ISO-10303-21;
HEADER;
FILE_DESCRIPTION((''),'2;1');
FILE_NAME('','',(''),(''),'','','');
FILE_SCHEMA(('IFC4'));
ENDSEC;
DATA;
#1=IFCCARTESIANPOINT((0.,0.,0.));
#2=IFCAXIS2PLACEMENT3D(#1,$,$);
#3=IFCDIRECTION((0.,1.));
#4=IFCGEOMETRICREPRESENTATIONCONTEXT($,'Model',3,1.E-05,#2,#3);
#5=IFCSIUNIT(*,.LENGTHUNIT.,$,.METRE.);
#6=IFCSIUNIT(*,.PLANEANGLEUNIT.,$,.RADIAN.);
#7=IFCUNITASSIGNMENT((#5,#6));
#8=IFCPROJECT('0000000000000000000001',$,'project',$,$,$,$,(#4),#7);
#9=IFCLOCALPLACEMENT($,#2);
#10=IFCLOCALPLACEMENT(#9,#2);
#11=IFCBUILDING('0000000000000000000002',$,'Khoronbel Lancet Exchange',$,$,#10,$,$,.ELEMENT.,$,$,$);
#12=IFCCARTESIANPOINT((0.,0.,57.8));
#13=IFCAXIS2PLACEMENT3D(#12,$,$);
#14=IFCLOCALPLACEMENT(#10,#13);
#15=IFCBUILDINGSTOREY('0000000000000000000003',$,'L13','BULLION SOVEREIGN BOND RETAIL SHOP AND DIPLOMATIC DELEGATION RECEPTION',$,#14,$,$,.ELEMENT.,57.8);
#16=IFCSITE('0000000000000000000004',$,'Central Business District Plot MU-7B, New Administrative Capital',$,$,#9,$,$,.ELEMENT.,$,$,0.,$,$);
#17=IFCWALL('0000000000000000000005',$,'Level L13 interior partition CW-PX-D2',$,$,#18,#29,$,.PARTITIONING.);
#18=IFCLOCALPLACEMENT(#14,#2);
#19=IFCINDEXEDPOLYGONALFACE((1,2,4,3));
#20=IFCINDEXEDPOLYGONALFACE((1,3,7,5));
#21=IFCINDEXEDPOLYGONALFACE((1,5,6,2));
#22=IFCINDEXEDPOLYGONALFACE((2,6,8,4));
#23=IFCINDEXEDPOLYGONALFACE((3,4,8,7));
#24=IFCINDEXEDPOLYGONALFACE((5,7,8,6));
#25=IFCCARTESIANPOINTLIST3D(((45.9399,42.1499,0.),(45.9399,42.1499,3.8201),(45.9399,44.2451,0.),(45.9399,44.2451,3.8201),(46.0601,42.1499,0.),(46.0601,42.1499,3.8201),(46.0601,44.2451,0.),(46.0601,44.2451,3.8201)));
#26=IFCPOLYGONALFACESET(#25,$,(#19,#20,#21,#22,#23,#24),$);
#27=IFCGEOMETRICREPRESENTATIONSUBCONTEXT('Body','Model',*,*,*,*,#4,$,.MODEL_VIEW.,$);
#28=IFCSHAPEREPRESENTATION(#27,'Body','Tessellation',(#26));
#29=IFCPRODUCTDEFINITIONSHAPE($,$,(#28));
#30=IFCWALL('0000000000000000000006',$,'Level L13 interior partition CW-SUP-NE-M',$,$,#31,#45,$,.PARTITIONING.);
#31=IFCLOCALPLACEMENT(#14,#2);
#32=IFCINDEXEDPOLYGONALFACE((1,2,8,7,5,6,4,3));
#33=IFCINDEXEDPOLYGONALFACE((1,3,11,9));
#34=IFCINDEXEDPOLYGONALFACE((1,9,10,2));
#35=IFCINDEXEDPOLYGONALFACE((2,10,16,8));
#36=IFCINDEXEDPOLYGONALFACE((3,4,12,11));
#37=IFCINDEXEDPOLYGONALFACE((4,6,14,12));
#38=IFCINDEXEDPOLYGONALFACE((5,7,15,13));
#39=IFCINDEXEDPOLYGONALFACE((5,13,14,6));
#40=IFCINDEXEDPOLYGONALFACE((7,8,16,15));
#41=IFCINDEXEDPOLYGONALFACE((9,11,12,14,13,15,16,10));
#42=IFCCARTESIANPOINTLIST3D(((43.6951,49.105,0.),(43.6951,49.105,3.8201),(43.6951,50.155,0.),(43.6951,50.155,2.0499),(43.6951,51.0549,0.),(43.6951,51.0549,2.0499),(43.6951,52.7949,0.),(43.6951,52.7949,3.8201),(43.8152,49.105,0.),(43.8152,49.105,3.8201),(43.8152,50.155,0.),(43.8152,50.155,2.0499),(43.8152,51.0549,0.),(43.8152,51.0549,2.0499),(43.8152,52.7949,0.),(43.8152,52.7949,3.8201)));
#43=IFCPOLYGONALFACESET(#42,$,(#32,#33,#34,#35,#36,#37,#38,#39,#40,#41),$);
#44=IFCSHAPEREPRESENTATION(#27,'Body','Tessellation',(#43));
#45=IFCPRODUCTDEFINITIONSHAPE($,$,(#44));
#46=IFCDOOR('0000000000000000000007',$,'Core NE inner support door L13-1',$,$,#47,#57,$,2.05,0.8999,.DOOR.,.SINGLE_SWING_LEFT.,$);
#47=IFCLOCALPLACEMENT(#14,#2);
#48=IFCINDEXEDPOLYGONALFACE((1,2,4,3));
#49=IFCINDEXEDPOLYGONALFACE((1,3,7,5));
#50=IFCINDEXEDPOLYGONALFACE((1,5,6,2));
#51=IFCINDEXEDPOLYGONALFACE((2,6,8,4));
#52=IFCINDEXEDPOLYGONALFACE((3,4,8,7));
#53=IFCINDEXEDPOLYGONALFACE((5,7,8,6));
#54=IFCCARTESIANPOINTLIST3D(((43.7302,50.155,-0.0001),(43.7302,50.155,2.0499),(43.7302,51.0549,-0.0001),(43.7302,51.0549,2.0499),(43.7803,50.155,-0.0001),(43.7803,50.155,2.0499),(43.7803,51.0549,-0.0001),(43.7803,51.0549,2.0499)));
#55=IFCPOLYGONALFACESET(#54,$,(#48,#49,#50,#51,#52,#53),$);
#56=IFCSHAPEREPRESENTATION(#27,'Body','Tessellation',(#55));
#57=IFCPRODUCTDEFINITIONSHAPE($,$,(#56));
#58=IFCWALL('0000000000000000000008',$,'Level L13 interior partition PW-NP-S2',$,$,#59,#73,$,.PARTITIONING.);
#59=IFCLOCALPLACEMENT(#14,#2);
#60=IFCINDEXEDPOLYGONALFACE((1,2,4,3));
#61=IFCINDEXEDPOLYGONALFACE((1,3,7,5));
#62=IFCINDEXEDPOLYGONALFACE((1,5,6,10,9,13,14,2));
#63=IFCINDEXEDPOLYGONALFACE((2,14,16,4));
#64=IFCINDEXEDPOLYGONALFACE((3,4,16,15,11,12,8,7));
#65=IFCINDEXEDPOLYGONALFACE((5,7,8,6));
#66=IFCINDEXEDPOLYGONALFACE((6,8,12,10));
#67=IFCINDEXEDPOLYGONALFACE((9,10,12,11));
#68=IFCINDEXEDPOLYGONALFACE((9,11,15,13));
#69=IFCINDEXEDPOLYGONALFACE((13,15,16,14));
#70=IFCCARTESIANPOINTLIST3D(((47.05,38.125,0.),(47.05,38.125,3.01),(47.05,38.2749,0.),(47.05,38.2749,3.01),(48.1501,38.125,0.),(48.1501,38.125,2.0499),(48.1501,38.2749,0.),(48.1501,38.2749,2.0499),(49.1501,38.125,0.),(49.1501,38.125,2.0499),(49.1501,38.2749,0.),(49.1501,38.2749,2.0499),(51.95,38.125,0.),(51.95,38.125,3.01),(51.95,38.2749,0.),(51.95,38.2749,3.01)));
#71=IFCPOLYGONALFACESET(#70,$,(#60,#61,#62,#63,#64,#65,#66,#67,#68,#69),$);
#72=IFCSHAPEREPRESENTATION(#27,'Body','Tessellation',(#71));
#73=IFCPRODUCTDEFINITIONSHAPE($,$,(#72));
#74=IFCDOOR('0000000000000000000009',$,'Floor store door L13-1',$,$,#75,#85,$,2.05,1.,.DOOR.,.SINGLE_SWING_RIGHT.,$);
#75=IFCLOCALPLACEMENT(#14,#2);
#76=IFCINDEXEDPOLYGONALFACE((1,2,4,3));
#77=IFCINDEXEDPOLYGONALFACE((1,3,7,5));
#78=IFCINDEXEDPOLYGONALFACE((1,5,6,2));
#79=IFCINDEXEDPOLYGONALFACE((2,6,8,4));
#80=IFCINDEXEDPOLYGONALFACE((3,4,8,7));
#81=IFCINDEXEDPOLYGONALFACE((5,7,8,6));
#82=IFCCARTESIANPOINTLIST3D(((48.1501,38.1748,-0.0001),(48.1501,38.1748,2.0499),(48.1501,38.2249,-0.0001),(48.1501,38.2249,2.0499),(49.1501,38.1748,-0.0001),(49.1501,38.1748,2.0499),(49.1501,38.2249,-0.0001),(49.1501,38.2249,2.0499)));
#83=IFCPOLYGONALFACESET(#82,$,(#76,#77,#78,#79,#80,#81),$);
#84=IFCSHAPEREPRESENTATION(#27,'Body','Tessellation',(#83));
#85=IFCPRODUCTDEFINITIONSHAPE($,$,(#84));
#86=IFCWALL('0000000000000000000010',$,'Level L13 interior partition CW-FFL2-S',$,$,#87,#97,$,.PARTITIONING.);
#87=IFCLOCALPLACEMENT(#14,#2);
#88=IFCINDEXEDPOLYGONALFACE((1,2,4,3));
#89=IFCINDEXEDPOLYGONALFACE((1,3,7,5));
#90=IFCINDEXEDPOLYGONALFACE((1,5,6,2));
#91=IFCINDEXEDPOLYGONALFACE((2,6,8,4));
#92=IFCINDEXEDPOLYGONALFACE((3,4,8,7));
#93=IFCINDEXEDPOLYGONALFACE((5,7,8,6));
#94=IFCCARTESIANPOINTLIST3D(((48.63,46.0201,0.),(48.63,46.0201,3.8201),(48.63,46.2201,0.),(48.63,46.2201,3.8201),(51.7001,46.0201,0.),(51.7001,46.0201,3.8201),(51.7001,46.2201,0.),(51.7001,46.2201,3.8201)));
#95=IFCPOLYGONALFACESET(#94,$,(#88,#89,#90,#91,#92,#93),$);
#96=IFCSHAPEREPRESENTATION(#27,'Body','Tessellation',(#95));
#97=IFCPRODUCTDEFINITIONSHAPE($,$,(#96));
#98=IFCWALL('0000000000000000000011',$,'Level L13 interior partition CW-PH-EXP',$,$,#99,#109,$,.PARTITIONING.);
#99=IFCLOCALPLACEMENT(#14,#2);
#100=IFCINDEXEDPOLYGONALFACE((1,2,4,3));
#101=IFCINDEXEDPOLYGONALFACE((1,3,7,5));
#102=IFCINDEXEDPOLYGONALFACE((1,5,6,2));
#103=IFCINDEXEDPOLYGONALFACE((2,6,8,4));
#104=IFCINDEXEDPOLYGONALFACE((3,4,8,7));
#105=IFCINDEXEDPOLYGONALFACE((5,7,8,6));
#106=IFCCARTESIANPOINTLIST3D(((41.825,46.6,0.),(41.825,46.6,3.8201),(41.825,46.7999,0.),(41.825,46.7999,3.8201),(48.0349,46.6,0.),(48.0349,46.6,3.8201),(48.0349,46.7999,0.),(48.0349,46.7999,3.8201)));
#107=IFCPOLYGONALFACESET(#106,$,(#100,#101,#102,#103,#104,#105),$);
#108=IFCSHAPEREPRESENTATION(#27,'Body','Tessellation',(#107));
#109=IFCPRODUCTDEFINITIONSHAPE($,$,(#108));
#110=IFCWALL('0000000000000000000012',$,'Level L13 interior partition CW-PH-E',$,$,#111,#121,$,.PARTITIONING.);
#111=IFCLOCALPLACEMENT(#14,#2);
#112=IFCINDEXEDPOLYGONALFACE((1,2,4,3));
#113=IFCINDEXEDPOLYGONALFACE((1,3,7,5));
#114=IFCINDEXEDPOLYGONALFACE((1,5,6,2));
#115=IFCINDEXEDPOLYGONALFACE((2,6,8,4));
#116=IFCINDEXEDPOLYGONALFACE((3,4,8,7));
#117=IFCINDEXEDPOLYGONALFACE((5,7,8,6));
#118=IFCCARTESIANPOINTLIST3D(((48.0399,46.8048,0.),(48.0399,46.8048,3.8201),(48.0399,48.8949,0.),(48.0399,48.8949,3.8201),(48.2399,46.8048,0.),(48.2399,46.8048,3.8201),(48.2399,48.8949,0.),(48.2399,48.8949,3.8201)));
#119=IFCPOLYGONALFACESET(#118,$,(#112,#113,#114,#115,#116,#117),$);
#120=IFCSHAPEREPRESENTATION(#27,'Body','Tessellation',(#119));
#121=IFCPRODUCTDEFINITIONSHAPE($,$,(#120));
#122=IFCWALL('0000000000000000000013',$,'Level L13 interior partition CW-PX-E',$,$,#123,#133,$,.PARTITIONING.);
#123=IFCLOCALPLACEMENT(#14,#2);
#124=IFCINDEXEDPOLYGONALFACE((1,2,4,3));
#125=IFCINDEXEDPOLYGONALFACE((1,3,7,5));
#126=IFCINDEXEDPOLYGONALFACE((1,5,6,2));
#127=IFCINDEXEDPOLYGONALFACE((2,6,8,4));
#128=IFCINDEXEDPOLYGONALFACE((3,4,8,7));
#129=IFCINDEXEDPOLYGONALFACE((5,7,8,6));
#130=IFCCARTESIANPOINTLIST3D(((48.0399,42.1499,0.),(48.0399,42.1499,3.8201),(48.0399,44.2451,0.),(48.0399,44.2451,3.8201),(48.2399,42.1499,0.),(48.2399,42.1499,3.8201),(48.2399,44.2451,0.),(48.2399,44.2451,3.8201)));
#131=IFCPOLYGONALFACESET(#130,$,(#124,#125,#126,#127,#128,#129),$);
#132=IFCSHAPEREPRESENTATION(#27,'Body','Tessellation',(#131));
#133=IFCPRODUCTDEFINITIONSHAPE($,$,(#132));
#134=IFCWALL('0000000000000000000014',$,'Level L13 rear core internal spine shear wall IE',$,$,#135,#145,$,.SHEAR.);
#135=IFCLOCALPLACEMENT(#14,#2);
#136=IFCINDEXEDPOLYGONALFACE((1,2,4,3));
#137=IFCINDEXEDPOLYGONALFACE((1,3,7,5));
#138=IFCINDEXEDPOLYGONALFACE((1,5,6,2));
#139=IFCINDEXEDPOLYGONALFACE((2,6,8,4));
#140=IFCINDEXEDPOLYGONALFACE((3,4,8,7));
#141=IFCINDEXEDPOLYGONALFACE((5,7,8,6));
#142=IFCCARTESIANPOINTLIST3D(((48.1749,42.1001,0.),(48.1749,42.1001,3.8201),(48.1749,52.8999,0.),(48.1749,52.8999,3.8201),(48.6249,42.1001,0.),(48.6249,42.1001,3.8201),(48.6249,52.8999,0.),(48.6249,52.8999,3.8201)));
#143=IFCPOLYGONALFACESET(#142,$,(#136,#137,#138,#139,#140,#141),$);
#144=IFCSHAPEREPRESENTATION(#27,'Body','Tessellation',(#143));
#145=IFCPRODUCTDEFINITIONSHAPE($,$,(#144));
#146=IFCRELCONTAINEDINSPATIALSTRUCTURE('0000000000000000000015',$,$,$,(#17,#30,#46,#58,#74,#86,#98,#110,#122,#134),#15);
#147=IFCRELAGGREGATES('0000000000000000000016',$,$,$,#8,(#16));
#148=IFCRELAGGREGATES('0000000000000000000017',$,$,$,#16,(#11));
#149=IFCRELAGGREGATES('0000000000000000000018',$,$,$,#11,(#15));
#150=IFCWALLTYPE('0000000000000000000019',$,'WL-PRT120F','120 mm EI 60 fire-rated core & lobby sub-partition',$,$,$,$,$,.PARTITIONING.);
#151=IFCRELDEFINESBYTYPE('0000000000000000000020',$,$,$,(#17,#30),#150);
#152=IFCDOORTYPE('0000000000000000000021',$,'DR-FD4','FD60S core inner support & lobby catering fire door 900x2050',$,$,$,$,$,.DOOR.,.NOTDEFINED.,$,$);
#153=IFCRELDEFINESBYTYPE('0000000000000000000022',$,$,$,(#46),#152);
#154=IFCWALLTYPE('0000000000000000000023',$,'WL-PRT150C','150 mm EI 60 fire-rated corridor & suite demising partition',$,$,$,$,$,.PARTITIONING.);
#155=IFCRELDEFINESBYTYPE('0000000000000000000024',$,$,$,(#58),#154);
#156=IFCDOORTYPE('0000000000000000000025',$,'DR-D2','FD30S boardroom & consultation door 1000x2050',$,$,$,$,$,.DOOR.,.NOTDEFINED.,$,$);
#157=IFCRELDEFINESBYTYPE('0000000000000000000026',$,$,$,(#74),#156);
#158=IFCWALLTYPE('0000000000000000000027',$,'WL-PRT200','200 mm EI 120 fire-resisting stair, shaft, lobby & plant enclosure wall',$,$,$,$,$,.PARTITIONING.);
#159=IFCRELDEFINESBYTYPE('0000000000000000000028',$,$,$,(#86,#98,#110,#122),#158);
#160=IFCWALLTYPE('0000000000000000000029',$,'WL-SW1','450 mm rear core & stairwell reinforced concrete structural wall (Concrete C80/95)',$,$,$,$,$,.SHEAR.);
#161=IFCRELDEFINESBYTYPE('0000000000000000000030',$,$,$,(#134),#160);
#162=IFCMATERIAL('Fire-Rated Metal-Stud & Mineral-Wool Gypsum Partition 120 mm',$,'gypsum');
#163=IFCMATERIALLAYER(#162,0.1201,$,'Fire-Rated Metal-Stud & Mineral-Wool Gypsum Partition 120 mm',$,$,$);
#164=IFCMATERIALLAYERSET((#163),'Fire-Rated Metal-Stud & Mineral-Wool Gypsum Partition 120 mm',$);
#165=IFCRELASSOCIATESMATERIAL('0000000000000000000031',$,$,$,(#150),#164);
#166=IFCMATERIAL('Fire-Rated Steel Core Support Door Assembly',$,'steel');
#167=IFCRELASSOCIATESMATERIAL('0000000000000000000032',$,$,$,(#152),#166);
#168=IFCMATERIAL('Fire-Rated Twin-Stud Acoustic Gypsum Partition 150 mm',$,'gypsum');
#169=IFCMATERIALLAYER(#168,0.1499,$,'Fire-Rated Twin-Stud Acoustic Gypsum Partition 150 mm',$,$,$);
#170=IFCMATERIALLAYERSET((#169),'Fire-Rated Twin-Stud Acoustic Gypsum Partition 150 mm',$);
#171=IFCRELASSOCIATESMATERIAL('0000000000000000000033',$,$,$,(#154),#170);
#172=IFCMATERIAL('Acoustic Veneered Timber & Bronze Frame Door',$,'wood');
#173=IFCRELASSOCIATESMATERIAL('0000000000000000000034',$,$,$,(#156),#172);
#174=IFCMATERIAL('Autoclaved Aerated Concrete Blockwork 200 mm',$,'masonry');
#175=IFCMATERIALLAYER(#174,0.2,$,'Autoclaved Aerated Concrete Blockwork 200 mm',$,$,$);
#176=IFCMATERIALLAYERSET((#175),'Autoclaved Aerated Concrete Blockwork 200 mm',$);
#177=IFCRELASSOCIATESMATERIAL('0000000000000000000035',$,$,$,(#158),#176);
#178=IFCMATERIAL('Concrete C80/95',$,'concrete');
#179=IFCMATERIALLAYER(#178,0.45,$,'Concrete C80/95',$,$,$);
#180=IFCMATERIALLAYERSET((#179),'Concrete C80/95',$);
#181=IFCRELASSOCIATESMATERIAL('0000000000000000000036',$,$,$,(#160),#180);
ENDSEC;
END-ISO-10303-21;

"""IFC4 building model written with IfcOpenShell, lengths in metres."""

from ifc_helpers import new_model, si_unit, direction, frame, frame_2d, origin, place, context, subcontext, project, spatial, rectangle, extrude, material, layer, layer_set, type_object, element, fill, save


model = new_model("IFC4")

# Units and contexts
model_context = context("Model", 3, precision=1e-05, world=origin(), true_north=direction((0.0, 1.0)))
body_context = subcontext(model_context, "Body", "Model", "MODEL_VIEW")
ifc_project = project(units=[si_unit("LENGTHUNIT", "METRE"), si_unit("PLANEANGLEUNIT", "RADIAN")], contexts=[model_context])

# Site, building, storey
site_placement = place(None, origin())
site = spatial("IfcSite", under=ifc_project, at=site_placement, Name="Central Business District Plot MU-7B, New Administrative Capital", CompositionType="ELEMENT", RefElevation=0.0)
building_placement = place(site_placement, origin())
building = spatial("IfcBuilding", under=site, at=building_placement, Name="Khoronbel Lancet Exchange", CompositionType="ELEMENT")
storey_placement = place(building_placement, frame((0.0, 0.0, 57.8)))
storey = spatial("IfcBuildingStorey", under=building, at=storey_placement, Name="L13", Description="BULLION SOVEREIGN BOND RETAIL SHOP AND DIPLOMATIC DELEGATION RECEPTION", CompositionType="ELEMENT", Elevation=57.8)

# Wall
ifc_material_1 = material(Name="Fire-Rated Metal-Stud & Mineral-Wool Gypsum Partition 120 mm", Category="gypsum")
ifc_layer_1 = layer(ifc_material_1, 0.1201, Name="Fire-Rated Metal-Stud & Mineral-Wool Gypsum Partition 120 mm")
ifc_layer_set_1 = layer_set([ifc_layer_1], Name="Fire-Rated Metal-Stud & Mineral-Wool Gypsum Partition 120 mm")
wall_type_1 = type_object("IfcWallType", Name="WL-PRT120F", Description="120 mm EI 60 fire-rated core & lobby sub-partition", PredefinedType="PARTITIONING", material=ifc_layer_set_1)
for number, where, z_axis, x_axis, name in (
    (1, (46.0, 42.1499, 0.0), (0.0, 0.0, 1.0), (0.0, 1.0, 0.0), "Level L13 interior partition CW-PX-D2"),
):
    element("IfcWall", number, at=place(storey_placement, frame(where, z_axis=z_axis, x_axis=x_axis)), inside=storey, type_object=wall_type_1, Name=name, PredefinedType="PARTITIONING", context=body_context, shape_type="SweptSolid", body=[
        extrude(rectangle(XDim=2.0952, YDim=0.1201, at=frame_2d((1.0476, 0.0))), origin(), (0.0, 0.0, 1.0), 3.8201),
    ])

# Walls, openings, doors
wall_1_placement = place(storey_placement, frame((43.7551, 49.105, 0.0), z_axis=(0.0, 0.0, 1.0), x_axis=(0.0, 1.0, 0.0)))
wall_1 = element("IfcWall", 2, at=wall_1_placement, inside=storey, type_object=wall_type_1, Name="Level L13 interior partition CW-SUP-NE-M", PredefinedType="PARTITIONING", context=body_context, shape_type="SweptSolid", body=[
    extrude(rectangle(XDim=3.6899, YDim=0.1201, at=frame_2d((1.845, 0.0))), origin(), (0.0, 0.0, 1.0), 3.8201),
])
opening_1_placement = place(wall_1_placement, frame((1.05, 0.0, 0.0)))
opening_1 = element("IfcOpeningElement", 3, at=opening_1_placement, cuts=wall_1, PredefinedType="OPENING", context=body_context, shape_type="SweptSolid", body=[
    extrude(rectangle(XDim=0.8999, YDim=2.05, at=frame_2d((0.45, 1.0249))), frame((0.0, 0.0701, 0.0), z_axis=(0.0, -1.0, 0.0), x_axis=(1.0, 0.0, 0.0)), (0.0, 0.0, 1.0), 0.1401),
])
ifc_material_2 = material(Name="Fire-Rated Steel Core Support Door Assembly", Category="steel")
door_type_1 = type_object("IfcDoorType", Name="DR-FD4", Description="FD60S core inner support & lobby catering fire door 900x2050", OperationType="NOTDEFINED", PredefinedType="DOOR", material=ifc_material_2)
door_1_placement = place(opening_1_placement, origin())
door_1 = element("IfcDoor", 4, at=door_1_placement, inside=storey, type_object=door_type_1, Name="Core NE inner support door L13-1", OperationType="SINGLE_SWING_LEFT", OverallHeight=2.05, OverallWidth=0.8999, PredefinedType="DOOR", context=body_context, shape_type="SweptSolid", body=[
    extrude(rectangle(XDim=0.8999, YDim=2.05, at=frame_2d((0.45, 1.0249))), frame((0.0, 0.0249, 0.0), z_axis=(0.0, -1.0, 0.0), x_axis=(1.0, 0.0, 0.0)), (0.0, 0.0, 1.0), 0.05),
])
fill(opening_1, door_1)
ifc_material_3 = material(Name="Fire-Rated Twin-Stud Acoustic Gypsum Partition 150 mm", Category="gypsum")
ifc_layer_2 = layer(ifc_material_3, 0.1499, Name="Fire-Rated Twin-Stud Acoustic Gypsum Partition 150 mm")
ifc_layer_set_2 = layer_set([ifc_layer_2], Name="Fire-Rated Twin-Stud Acoustic Gypsum Partition 150 mm")
wall_type_2 = type_object("IfcWallType", Name="WL-PRT150C", Description="150 mm EI 60 fire-rated corridor & suite demising partition", PredefinedType="PARTITIONING", material=ifc_layer_set_2)
wall_2_placement = place(storey_placement, frame((47.05, 38.2, 0.0), z_axis=(0.0, 0.0, 1.0), x_axis=(1.0, 0.0, 0.0)))
wall_2 = element("IfcWall", 5, at=wall_2_placement, inside=storey, type_object=wall_type_2, Name="Level L13 interior partition PW-NP-S2", PredefinedType="PARTITIONING", context=body_context, shape_type="SweptSolid", body=[
    extrude(rectangle(XDim=4.8999, YDim=0.1499, at=frame_2d((2.45, 0.0))), origin(), (0.0, 0.0, 1.0), 3.01),
])
opening_2_placement = place(wall_2_placement, frame((1.1001, 0.0, 0.0)))
opening_2 = element("IfcOpeningElement", 6, at=opening_2_placement, cuts=wall_2, PredefinedType="OPENING", context=body_context, shape_type="SweptSolid", body=[
    extrude(rectangle(XDim=1.0, YDim=2.05, at=frame_2d((0.5, 1.0249))), frame((0.0, 0.085, 0.0), z_axis=(0.0, -1.0, 0.0), x_axis=(1.0, 0.0, 0.0)), (0.0, 0.0, 1.0), 0.1699),
])
ifc_material_4 = material(Name="Acoustic Veneered Timber & Bronze Frame Door", Category="wood")
door_type_2 = type_object("IfcDoorType", Name="DR-D2", Description="FD30S boardroom & consultation door 1000x2050", OperationType="NOTDEFINED", PredefinedType="DOOR", material=ifc_material_4)
door_2_placement = place(opening_2_placement, origin())
door_2 = element("IfcDoor", 7, at=door_2_placement, inside=storey, type_object=door_type_2, Name="Floor store door L13-1", OperationType="SINGLE_SWING_RIGHT", OverallHeight=2.05, OverallWidth=1.0, PredefinedType="DOOR", context=body_context, shape_type="SweptSolid", body=[
    extrude(rectangle(XDim=1.0, YDim=2.05, at=frame_2d((0.5, 1.0249))), frame((0.0, 0.0249, 0.0), z_axis=(0.0, -1.0, 0.0), x_axis=(1.0, 0.0, 0.0)), (0.0, 0.0, 1.0), 0.05),
])
fill(opening_2, door_2)

# Walls
ifc_material_5 = material(Name="Autoclaved Aerated Concrete Blockwork 200 mm", Category="masonry")
ifc_layer_3 = layer(ifc_material_5, 0.2, Name="Autoclaved Aerated Concrete Blockwork 200 mm")
ifc_layer_set_3 = layer_set([ifc_layer_3], Name="Autoclaved Aerated Concrete Blockwork 200 mm")
wall_type_3 = type_object("IfcWallType", Name="WL-PRT200", Description="200 mm EI 120 fire-resisting stair, shaft, lobby & plant enclosure wall", PredefinedType="PARTITIONING", material=ifc_layer_set_3)
wall_3_placement = place(storey_placement, frame((48.6299, 46.1201, 0.0), z_axis=(0.0, 0.0, 1.0), x_axis=(1.0, 0.0, 0.0)))
element("IfcWall", 8, at=wall_3_placement, inside=storey, type_object=wall_type_3, Name="Level L13 interior partition CW-FFL2-S", PredefinedType="PARTITIONING", context=body_context, shape_type="SweptSolid", body=[
    extrude(rectangle(XDim=3.0701, YDim=0.2, at=frame_2d((1.5352, 0.0))), origin(), (0.0, 0.0, 1.0), 3.8201),
])
wall_4_placement = place(storey_placement, frame((41.825, 46.7, 0.0), z_axis=(0.0, 0.0, 1.0), x_axis=(1.0, 0.0, 0.0)))
element("IfcWall", 9, at=wall_4_placement, inside=storey, type_object=wall_type_3, Name="Level L13 interior partition CW-PH-EXP", PredefinedType="PARTITIONING", context=body_context, shape_type="SweptSolid", body=[
    extrude(rectangle(XDim=6.21, YDim=0.2, at=frame_2d((3.105, 0.0))), origin(), (0.0, 0.0, 1.0), 3.8201),
])
wall_5_placement = place(storey_placement, frame((48.1399, 46.8049, 0.0), z_axis=(0.0, 0.0, 1.0), x_axis=(0.0, 1.0, 0.0)))
element("IfcWall", 10, at=wall_5_placement, inside=storey, type_object=wall_type_3, Name="Level L13 interior partition CW-PH-E", PredefinedType="PARTITIONING", context=body_context, shape_type="SweptSolid", body=[
    extrude(rectangle(XDim=2.0901, YDim=0.2, at=frame_2d((1.0449, 0.0))), origin(), (0.0, 0.0, 1.0), 3.8201),
])
wall_6_placement = place(storey_placement, frame((48.1399, 42.1499, 0.0), z_axis=(0.0, 0.0, 1.0), x_axis=(0.0, 1.0, 0.0)))
element("IfcWall", 11, at=wall_6_placement, inside=storey, type_object=wall_type_3, Name="Level L13 interior partition CW-PX-E", PredefinedType="PARTITIONING", context=body_context, shape_type="SweptSolid", body=[
    extrude(rectangle(XDim=2.0952, YDim=0.2, at=frame_2d((1.0476, 0.0))), origin(), (0.0, 0.0, 1.0), 3.8201),
])
ifc_material_6 = material(Name="Concrete C80/95", Category="concrete")
ifc_layer_4 = layer(ifc_material_6, 0.45, Name="Concrete C80/95")
ifc_layer_set_4 = layer_set([ifc_layer_4], Name="Concrete C80/95")
wall_type_4 = type_object("IfcWallType", Name="WL-SW1", Description="450 mm rear core & stairwell reinforced concrete structural wall (Concrete C80/95)", PredefinedType="SHEAR", material=ifc_layer_set_4)
wall_7_placement = place(storey_placement, frame((48.3999, 42.1001, 0.0), z_axis=(0.0, 0.0, 1.0), x_axis=(0.0, 1.0, 0.0)))
element("IfcWall", 12, at=wall_7_placement, inside=storey, type_object=wall_type_4, Name="Level L13 rear core internal spine shear wall IE", PredefinedType="SHEAR", context=body_context, shape_type="SweptSolid", body=[
    extrude(rectangle(XDim=10.7998, YDim=0.45, at=frame_2d((5.3999, 0.0))), origin(), (0.0, 0.0, 1.0), 3.8201),
])

save(model, "model.ifc")
